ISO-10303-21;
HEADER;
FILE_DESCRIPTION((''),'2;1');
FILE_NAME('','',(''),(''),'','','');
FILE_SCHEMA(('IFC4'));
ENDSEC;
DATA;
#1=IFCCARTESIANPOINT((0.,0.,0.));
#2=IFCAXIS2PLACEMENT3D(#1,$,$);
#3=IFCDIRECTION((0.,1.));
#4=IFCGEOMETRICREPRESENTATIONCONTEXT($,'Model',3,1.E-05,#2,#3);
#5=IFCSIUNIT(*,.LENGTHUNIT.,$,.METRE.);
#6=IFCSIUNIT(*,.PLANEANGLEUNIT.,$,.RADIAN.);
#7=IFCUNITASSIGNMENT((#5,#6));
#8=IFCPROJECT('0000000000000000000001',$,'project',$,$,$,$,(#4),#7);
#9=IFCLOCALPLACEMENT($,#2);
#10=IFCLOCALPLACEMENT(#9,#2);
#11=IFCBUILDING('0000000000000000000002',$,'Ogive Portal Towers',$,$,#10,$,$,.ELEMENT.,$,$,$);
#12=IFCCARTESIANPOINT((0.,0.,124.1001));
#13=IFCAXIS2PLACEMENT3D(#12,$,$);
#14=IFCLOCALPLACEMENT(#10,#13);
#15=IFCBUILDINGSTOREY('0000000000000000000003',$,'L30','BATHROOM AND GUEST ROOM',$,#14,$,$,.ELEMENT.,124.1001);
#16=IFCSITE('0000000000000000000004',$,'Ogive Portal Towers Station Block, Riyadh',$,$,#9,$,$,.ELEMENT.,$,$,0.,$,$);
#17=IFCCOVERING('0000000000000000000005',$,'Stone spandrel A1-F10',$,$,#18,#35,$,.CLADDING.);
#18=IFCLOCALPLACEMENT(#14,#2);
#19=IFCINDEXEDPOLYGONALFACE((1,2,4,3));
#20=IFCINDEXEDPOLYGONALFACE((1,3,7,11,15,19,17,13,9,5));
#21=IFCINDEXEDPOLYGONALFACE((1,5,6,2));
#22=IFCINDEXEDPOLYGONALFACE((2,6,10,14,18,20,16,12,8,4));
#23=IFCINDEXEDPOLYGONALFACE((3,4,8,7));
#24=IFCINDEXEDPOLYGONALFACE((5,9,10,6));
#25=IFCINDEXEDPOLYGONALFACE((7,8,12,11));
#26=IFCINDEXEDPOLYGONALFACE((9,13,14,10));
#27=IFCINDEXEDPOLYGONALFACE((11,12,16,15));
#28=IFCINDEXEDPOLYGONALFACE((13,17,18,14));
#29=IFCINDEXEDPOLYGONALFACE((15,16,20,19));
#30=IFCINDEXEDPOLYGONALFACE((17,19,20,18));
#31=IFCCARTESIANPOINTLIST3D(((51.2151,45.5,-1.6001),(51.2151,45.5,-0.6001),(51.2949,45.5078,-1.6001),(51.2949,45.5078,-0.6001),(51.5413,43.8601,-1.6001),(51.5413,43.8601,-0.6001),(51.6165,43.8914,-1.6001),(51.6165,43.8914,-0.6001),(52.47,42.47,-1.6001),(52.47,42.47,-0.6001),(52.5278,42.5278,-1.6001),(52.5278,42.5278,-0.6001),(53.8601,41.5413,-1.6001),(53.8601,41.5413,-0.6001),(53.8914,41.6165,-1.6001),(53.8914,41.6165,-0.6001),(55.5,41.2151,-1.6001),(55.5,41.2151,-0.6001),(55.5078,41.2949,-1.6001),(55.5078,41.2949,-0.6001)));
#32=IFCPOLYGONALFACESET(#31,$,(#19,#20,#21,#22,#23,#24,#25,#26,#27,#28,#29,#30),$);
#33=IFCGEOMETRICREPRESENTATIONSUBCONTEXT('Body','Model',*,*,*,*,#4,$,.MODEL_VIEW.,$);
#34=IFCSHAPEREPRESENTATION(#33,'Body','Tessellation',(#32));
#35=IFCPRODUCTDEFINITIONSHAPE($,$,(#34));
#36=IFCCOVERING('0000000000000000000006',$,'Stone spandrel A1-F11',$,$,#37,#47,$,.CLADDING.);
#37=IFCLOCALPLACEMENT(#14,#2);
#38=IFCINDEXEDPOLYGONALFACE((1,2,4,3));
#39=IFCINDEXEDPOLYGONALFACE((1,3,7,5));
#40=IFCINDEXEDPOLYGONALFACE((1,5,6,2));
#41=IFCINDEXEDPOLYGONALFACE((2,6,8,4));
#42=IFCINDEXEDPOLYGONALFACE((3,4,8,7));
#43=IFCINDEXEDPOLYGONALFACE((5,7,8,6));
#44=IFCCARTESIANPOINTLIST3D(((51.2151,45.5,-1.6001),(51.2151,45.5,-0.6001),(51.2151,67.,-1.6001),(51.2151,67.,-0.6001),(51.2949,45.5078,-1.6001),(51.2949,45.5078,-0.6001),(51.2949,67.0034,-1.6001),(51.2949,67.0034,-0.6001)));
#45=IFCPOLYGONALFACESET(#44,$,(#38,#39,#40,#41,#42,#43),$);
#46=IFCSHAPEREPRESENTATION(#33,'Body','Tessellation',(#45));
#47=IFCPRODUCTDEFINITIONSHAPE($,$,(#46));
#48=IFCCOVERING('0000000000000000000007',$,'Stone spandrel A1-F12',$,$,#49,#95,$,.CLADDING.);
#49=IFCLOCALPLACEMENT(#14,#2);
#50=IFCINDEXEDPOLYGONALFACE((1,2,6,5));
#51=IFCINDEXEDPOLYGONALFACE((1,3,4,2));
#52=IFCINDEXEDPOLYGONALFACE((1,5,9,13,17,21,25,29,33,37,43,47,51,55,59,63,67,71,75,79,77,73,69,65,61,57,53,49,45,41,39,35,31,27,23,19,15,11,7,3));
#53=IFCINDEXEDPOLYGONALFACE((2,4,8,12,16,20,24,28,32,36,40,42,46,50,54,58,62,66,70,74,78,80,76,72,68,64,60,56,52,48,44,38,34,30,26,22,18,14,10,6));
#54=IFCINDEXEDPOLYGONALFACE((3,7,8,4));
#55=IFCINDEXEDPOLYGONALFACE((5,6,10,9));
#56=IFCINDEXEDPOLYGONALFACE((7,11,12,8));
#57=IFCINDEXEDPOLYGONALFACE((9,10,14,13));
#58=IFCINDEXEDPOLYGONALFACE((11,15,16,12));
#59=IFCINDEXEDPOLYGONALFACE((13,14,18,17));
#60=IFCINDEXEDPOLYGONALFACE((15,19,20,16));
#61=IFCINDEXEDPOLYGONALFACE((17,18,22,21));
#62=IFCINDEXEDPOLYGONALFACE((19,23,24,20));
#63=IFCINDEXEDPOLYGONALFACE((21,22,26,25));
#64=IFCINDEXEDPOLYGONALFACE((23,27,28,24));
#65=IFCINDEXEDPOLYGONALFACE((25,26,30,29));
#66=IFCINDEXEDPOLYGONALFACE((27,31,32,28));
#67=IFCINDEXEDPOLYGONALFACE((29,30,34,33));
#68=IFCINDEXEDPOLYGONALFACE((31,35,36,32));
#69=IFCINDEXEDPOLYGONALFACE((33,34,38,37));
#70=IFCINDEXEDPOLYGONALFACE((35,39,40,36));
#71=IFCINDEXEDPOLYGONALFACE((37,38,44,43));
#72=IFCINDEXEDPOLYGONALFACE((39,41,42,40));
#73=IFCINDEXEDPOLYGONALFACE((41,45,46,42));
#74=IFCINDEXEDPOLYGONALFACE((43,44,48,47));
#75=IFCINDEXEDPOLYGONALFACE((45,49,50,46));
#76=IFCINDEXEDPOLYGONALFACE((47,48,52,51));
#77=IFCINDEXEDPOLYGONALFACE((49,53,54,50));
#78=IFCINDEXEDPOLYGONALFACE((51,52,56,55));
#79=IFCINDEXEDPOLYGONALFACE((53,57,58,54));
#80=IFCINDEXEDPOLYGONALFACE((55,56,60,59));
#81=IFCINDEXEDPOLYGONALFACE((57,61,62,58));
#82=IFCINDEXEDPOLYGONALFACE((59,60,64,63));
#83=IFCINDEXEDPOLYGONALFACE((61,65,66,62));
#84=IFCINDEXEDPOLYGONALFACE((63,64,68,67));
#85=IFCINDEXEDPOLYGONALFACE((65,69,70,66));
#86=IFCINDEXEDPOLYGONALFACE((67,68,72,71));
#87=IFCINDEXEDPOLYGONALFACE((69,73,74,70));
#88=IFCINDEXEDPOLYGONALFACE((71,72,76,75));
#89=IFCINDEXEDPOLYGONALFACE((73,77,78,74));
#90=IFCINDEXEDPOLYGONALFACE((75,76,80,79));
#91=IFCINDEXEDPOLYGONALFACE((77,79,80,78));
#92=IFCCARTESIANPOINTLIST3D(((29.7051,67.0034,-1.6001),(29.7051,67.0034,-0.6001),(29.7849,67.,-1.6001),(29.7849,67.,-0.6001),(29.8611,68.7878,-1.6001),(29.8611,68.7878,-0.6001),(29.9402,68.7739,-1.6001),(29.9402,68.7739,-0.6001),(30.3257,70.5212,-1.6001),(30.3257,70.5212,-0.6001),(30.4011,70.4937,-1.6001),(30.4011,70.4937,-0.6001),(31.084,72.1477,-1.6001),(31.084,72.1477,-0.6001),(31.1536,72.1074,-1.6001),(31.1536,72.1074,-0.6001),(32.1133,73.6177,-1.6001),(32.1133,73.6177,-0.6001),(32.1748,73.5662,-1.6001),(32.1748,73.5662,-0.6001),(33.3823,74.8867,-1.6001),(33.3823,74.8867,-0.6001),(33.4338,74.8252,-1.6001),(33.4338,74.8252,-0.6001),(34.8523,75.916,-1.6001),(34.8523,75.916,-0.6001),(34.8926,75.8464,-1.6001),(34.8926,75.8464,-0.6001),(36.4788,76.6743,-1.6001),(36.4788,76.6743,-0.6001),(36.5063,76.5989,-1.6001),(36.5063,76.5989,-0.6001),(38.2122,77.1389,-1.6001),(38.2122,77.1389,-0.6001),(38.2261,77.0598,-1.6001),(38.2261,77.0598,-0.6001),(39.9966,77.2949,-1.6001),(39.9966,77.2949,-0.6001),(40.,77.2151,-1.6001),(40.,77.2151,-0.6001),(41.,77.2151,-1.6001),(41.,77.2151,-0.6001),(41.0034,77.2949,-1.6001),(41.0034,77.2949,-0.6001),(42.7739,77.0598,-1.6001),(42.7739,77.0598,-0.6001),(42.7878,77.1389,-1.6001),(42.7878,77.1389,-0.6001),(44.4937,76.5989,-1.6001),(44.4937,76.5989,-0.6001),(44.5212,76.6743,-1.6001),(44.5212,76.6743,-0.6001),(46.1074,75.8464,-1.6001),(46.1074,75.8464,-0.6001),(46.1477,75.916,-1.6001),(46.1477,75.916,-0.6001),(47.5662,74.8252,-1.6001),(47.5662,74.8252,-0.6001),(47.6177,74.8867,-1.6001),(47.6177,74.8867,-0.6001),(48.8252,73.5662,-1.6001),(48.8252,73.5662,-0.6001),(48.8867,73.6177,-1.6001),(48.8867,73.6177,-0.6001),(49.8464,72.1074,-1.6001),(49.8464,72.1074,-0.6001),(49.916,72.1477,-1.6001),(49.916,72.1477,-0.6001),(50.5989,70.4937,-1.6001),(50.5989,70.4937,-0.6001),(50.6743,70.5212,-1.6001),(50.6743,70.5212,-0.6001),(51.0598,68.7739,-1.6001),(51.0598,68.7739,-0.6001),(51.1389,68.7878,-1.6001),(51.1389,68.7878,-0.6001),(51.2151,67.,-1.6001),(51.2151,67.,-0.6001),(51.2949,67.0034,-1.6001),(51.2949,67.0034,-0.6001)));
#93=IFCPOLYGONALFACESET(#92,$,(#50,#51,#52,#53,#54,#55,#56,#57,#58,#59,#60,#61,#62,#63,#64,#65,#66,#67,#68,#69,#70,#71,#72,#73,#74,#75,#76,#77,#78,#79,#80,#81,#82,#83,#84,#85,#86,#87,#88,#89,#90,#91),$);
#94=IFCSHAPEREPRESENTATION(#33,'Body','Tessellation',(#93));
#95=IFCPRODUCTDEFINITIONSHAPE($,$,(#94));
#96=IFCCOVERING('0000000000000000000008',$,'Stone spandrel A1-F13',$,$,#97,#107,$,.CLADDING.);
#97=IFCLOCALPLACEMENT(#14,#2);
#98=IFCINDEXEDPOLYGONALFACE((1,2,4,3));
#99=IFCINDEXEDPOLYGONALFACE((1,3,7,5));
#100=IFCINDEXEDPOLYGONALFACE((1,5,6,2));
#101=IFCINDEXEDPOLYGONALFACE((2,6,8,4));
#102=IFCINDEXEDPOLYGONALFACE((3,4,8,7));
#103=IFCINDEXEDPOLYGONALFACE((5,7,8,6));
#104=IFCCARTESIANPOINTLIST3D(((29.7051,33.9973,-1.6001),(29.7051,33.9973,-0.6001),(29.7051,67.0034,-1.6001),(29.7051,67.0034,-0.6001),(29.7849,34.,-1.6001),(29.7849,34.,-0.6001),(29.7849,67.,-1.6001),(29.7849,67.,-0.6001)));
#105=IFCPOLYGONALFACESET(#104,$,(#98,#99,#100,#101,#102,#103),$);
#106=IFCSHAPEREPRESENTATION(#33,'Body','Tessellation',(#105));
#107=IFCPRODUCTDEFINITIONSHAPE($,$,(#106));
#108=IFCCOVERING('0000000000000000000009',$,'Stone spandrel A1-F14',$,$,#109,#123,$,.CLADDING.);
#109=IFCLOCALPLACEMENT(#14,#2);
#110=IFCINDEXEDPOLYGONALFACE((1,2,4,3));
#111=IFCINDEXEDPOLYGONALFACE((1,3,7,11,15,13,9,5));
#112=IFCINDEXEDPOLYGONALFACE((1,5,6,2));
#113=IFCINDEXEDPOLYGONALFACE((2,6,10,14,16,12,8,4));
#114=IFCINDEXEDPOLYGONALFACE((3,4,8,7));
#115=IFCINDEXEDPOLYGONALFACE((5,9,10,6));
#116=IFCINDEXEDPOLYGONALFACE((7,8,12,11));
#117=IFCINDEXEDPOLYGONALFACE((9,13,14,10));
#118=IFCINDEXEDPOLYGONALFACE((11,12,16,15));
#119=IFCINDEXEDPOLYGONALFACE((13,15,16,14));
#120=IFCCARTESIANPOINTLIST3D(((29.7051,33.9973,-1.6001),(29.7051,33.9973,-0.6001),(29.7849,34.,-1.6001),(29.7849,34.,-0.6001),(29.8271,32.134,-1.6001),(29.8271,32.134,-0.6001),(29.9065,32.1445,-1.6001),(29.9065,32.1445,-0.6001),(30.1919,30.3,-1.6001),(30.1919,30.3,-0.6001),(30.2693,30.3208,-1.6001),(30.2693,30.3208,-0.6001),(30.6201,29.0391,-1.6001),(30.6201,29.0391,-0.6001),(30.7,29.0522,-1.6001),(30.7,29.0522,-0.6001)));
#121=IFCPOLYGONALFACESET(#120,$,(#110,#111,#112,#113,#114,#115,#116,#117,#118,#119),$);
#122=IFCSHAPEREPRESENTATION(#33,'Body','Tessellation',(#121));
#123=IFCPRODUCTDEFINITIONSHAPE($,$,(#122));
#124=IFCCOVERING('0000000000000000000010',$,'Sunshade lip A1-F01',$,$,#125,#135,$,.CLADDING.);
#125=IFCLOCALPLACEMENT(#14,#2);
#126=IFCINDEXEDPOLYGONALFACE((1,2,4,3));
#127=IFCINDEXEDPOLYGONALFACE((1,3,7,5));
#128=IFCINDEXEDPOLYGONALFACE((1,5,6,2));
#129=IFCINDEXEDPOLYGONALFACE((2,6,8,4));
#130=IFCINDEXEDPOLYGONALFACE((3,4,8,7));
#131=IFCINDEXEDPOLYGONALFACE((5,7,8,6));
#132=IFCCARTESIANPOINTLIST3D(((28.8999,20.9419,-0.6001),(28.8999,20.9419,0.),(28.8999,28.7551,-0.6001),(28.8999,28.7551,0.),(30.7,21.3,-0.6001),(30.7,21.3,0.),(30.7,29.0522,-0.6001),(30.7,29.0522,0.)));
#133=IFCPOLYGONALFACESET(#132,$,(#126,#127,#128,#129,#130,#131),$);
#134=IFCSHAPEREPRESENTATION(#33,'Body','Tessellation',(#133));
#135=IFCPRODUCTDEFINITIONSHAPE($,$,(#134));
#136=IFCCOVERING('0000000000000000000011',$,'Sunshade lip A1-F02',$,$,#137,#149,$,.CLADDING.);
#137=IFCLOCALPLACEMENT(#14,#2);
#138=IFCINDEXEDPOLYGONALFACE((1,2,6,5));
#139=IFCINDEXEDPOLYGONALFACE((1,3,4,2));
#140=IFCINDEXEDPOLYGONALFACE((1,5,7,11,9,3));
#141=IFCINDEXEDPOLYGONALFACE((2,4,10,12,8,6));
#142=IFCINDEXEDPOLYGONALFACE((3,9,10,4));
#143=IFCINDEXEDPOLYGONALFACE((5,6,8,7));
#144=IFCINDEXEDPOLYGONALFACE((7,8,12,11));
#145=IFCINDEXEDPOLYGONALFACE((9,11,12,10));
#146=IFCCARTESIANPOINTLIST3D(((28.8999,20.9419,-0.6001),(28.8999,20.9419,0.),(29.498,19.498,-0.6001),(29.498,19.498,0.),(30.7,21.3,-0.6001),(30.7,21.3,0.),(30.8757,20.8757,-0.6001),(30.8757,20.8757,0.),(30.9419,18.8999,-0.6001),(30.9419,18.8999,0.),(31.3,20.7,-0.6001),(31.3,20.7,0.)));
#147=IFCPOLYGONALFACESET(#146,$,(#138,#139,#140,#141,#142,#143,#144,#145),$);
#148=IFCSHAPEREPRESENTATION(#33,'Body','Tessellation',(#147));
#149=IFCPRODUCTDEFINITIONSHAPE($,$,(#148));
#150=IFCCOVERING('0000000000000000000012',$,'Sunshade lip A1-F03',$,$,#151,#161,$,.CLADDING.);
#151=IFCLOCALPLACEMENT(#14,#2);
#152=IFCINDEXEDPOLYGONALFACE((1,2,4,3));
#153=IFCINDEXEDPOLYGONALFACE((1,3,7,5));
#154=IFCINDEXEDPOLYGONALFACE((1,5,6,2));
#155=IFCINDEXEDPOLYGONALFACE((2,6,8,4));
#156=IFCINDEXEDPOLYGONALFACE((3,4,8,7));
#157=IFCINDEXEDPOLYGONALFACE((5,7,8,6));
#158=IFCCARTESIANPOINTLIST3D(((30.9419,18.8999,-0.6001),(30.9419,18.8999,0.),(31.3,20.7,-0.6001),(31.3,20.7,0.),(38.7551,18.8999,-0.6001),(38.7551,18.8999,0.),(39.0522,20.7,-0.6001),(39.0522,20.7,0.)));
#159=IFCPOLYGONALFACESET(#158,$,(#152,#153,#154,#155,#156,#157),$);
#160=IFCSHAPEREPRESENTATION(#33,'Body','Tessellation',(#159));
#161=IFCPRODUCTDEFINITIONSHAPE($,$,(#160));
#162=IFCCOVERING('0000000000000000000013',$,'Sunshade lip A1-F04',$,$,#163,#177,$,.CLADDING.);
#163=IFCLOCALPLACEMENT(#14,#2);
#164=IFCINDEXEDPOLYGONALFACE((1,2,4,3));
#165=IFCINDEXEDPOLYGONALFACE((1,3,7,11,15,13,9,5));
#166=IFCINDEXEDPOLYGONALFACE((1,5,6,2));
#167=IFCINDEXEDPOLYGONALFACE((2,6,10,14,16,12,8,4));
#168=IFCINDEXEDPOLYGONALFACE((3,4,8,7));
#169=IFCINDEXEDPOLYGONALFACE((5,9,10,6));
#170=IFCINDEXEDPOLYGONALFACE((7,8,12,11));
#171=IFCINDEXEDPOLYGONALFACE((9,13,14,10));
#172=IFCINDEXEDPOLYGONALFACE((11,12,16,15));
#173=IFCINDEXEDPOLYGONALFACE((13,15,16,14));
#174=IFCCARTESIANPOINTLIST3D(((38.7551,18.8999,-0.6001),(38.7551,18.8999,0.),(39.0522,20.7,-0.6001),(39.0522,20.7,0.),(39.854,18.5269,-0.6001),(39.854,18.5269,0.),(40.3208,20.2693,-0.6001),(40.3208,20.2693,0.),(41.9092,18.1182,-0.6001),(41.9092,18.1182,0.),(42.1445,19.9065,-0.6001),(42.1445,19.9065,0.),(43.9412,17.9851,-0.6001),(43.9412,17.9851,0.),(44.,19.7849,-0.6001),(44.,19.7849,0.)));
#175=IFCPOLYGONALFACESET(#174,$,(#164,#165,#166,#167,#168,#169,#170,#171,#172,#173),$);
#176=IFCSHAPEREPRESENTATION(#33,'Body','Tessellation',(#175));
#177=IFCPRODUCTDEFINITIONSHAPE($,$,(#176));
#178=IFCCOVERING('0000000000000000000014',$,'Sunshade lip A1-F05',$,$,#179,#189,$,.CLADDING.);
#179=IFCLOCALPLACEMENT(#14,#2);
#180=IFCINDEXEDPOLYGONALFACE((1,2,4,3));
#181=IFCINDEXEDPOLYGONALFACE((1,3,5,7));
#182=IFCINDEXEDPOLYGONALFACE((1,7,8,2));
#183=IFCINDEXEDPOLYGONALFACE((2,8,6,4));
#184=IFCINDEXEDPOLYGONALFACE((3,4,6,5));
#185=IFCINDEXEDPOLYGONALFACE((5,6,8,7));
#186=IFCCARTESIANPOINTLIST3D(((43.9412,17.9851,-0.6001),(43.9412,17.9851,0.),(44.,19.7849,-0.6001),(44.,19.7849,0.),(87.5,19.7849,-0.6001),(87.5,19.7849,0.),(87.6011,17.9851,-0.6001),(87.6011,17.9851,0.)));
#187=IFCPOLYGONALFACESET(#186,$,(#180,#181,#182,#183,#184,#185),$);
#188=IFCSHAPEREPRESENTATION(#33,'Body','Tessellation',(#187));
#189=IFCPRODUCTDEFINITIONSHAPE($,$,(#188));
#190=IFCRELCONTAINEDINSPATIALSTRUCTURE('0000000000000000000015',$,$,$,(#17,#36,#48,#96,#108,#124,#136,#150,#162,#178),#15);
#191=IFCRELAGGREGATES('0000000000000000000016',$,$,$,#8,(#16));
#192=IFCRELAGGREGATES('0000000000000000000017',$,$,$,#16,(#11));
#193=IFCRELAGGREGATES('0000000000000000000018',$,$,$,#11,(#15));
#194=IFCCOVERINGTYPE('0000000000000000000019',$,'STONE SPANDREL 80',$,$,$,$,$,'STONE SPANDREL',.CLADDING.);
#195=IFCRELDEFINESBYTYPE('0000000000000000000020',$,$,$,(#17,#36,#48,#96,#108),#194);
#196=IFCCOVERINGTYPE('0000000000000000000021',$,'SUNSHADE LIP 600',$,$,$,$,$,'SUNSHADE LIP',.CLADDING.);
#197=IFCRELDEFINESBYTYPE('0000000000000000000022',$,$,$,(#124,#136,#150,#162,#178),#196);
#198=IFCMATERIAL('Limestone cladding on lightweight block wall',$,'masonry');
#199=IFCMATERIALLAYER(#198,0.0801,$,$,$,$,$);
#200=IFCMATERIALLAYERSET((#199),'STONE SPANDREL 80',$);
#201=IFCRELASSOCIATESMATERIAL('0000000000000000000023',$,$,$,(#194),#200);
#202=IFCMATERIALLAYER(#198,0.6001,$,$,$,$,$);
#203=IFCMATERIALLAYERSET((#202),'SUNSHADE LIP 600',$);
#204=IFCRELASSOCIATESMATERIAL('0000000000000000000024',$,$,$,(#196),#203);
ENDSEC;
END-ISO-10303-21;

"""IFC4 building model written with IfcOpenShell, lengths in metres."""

from ifc_helpers import new_model, si_unit, direction, frame, origin, place, context, subcontext, project, spatial, polyline, outline, extrude, material, layer, layer_set, type_object, element, save


model = new_model("IFC4")

# Units and contexts
model_context = context("Model", 3, precision=1e-05, world=origin(), true_north=direction((0.0, 1.0)))
body_context = subcontext(model_context, "Body", "Model", "MODEL_VIEW")
ifc_project = project(units=[si_unit("LENGTHUNIT", "METRE"), si_unit("PLANEANGLEUNIT", "RADIAN")], contexts=[model_context])

# Site, building, storey
site_placement = place(None, origin())
site = spatial("IfcSite", under=ifc_project, at=site_placement, Name="Ogive Portal Towers Station Block, Riyadh", CompositionType="ELEMENT", RefElevation=0.0)
building_placement = place(site_placement, origin())
building = spatial("IfcBuilding", under=site, at=building_placement, Name="Ogive Portal Towers", CompositionType="ELEMENT")
storey_placement = place(building_placement, frame((0.0, 0.0, 124.1001)))
storey = spatial("IfcBuildingStorey", under=building, at=storey_placement, Name="L30", Description="BATHROOM AND GUEST ROOM", CompositionType="ELEMENT", Elevation=124.1001)

# Shared definitions
ifc_material_1 = material(Name="Limestone cladding on lightweight block wall", Category="masonry")

# Coverings
ifc_layer_1 = layer(ifc_material_1, 0.0801)
ifc_layer_set_1 = layer_set([ifc_layer_1], Name="STONE SPANDREL 80")
covering_type_1 = type_object("IfcCoveringType", Name="STONE SPANDREL 80", ElementType="STONE SPANDREL", PredefinedType="CLADDING", material=ifc_layer_set_1)
covering_1_placement = place(storey_placement, frame((0.0, 0.0, -1.6001)))
element("IfcCovering", 1, at=covering_1_placement, inside=storey, type_object=covering_type_1, Name="Stone spandrel A1-F10", PredefinedType="CLADDING", context=body_context, shape_type="SweptSolid", body=[
    extrude(outline(polyline([(55.5, 41.2151), (53.8601, 41.5413), (52.47, 42.47), (51.5413, 43.8601), (51.2151, 45.5), (51.2949, 45.5078), (51.6165, 43.8914), (52.5278, 42.5278), (53.8914, 41.6165), (55.5078, 41.2949), (55.5, 41.2151)])), origin(), (0.0, 0.0, 1.0), 1.0),
])
covering_2_placement = place(storey_placement, frame((0.0, 0.0, -1.6001)))
element("IfcCovering", 2, at=covering_2_placement, inside=storey, type_object=covering_type_1, Name="Stone spandrel A1-F11", PredefinedType="CLADDING", context=body_context, shape_type="SweptSolid", body=[
    extrude(outline(polyline([(51.2151, 45.5), (51.2151, 67.0), (51.2949, 67.0034), (51.2949, 45.5078), (51.2151, 45.5)])), origin(), (0.0, 0.0, 1.0), 1.0),
])
covering_3_placement = place(storey_placement, frame((0.0, 0.0, -1.6001)))
element("IfcCovering", 3, at=covering_3_placement, inside=storey, type_object=covering_type_1, Name="Stone spandrel A1-F12", PredefinedType="CLADDING", context=body_context, shape_type="SweptSolid", body=[
    extrude(outline(polyline([(51.2151, 67.0), (51.0598, 68.7739), (50.5989, 70.4937), (49.8464, 72.1074), (48.8252, 73.5662), (47.5662, 74.8252), (46.1074, 75.8464), (44.4937, 76.5989), (42.7739, 77.0598), (41.0, 77.2151), (40.0, 77.2151), (38.2261, 77.0598), (36.5063, 76.5989), (34.8926, 75.8464), (33.4338, 74.8252), (32.1748, 73.5662), (31.1536, 72.1074), (30.4011, 70.4937), (29.9402, 68.7739), (29.7849, 67.0), (29.7051, 67.0034), (29.8611, 68.7878), (30.3257, 70.5212), (31.084, 72.1477), (32.1133, 73.6177), (33.3823, 74.8867), (34.8523, 75.916), (36.4788, 76.6743), (38.2122, 77.1389), (39.9966, 77.2949), (41.0034, 77.2949), (42.7878, 77.1389), (44.5212, 76.6743), (46.1477, 75.916), (47.6177, 74.8867), (48.8867, 73.6177), (49.916, 72.1477), (50.6743, 70.5212), (51.1389, 68.7878), (51.2949, 67.0034), (51.2151, 67.0)])), origin(), (0.0, 0.0, 1.0), 1.0),
])
covering_4_placement = place(storey_placement, frame((0.0, 0.0, -1.6001)))
element("IfcCovering", 4, at=covering_4_placement, inside=storey, type_object=covering_type_1, Name="Stone spandrel A1-F13", PredefinedType="CLADDING", context=body_context, shape_type="SweptSolid", body=[
    extrude(outline(polyline([(29.7849, 67.0), (29.7849, 34.0), (29.7051, 33.9973), (29.7051, 67.0034), (29.7849, 67.0)])), origin(), (0.0, 0.0, 1.0), 1.0),
])
covering_5_placement = place(storey_placement, frame((0.0, 0.0, -1.6001)))
element("IfcCovering", 5, at=covering_5_placement, inside=storey, type_object=covering_type_1, Name="Stone spandrel A1-F14", PredefinedType="CLADDING", context=body_context, shape_type="SweptSolid", body=[
    extrude(outline(polyline([(29.7849, 34.0), (29.9065, 32.1445), (30.2693, 30.3208), (30.7, 29.0522), (30.6201, 29.0391), (30.1919, 30.3), (29.8271, 32.134), (29.7051, 33.9973), (29.7849, 34.0)])), origin(), (0.0, 0.0, 1.0), 1.0),
])
ifc_layer_2 = layer(ifc_material_1, 0.6001)
ifc_layer_set_2 = layer_set([ifc_layer_2], Name="SUNSHADE LIP 600")
covering_type_2 = type_object("IfcCoveringType", Name="SUNSHADE LIP 600", ElementType="SUNSHADE LIP", PredefinedType="CLADDING", material=ifc_layer_set_2)
covering_6_placement = place(storey_placement, frame((0.0, 0.0, -0.6001)))
element("IfcCovering", 6, at=covering_6_placement, inside=storey, type_object=covering_type_2, Name="Sunshade lip A1-F01", PredefinedType="CLADDING", context=body_context, shape_type="SweptSolid", body=[
    extrude(outline(polyline([(30.7, 29.0522), (30.7, 21.3), (28.8999, 20.9419), (28.8999, 28.7551), (30.7, 29.0522)])), origin(), (0.0, 0.0, 1.0), 0.6001),
])
covering_7_placement = place(storey_placement, frame((0.0, 0.0, -0.6001)))
element("IfcCovering", 7, at=covering_7_placement, inside=storey, type_object=covering_type_2, Name="Sunshade lip A1-F02", PredefinedType="CLADDING", context=body_context, shape_type="SweptSolid", body=[
    extrude(outline(polyline([(30.7, 21.3), (30.8757, 20.8757), (31.3, 20.7), (30.9419, 18.8999), (29.498, 19.498), (28.8999, 20.9419), (30.7, 21.3)])), origin(), (0.0, 0.0, 1.0), 0.6001),
])
covering_8_placement = place(storey_placement, frame((0.0, 0.0, -0.6001)))
element("IfcCovering", 8, at=covering_8_placement, inside=storey, type_object=covering_type_2, Name="Sunshade lip A1-F03", PredefinedType="CLADDING", context=body_context, shape_type="SweptSolid", body=[
    extrude(outline(polyline([(31.3, 20.7), (39.0522, 20.7), (38.7551, 18.8999), (30.9419, 18.8999), (31.3, 20.7)])), origin(), (0.0, 0.0, 1.0), 0.6001),
])
covering_9_placement = place(storey_placement, frame((0.0, 0.0, -0.6001)))
element("IfcCovering", 9, at=covering_9_placement, inside=storey, type_object=covering_type_2, Name="Sunshade lip A1-F04", PredefinedType="CLADDING", context=body_context, shape_type="SweptSolid", body=[
    extrude(outline(polyline([(39.0522, 20.7), (40.3208, 20.2693), (42.1445, 19.9065), (44.0, 19.7849), (43.9412, 17.9851), (41.9092, 18.1182), (39.854, 18.5269), (38.7551, 18.8999), (39.0522, 20.7)])), origin(), (0.0, 0.0, 1.0), 0.6001),
])
covering_10_placement = place(storey_placement, frame((0.0, 0.0, -0.6001)))
element("IfcCovering", 10, at=covering_10_placement, inside=storey, type_object=covering_type_2, Name="Sunshade lip A1-F05", PredefinedType="CLADDING", context=body_context, shape_type="SweptSolid", body=[
    extrude(outline(polyline([(44.0, 19.7849), (87.5, 19.7849), (87.6011, 17.9851), (43.9412, 17.9851), (44.0, 19.7849)])), origin(), (0.0, 0.0, 1.0), 0.6001),
])

save(model, "model.ifc")
